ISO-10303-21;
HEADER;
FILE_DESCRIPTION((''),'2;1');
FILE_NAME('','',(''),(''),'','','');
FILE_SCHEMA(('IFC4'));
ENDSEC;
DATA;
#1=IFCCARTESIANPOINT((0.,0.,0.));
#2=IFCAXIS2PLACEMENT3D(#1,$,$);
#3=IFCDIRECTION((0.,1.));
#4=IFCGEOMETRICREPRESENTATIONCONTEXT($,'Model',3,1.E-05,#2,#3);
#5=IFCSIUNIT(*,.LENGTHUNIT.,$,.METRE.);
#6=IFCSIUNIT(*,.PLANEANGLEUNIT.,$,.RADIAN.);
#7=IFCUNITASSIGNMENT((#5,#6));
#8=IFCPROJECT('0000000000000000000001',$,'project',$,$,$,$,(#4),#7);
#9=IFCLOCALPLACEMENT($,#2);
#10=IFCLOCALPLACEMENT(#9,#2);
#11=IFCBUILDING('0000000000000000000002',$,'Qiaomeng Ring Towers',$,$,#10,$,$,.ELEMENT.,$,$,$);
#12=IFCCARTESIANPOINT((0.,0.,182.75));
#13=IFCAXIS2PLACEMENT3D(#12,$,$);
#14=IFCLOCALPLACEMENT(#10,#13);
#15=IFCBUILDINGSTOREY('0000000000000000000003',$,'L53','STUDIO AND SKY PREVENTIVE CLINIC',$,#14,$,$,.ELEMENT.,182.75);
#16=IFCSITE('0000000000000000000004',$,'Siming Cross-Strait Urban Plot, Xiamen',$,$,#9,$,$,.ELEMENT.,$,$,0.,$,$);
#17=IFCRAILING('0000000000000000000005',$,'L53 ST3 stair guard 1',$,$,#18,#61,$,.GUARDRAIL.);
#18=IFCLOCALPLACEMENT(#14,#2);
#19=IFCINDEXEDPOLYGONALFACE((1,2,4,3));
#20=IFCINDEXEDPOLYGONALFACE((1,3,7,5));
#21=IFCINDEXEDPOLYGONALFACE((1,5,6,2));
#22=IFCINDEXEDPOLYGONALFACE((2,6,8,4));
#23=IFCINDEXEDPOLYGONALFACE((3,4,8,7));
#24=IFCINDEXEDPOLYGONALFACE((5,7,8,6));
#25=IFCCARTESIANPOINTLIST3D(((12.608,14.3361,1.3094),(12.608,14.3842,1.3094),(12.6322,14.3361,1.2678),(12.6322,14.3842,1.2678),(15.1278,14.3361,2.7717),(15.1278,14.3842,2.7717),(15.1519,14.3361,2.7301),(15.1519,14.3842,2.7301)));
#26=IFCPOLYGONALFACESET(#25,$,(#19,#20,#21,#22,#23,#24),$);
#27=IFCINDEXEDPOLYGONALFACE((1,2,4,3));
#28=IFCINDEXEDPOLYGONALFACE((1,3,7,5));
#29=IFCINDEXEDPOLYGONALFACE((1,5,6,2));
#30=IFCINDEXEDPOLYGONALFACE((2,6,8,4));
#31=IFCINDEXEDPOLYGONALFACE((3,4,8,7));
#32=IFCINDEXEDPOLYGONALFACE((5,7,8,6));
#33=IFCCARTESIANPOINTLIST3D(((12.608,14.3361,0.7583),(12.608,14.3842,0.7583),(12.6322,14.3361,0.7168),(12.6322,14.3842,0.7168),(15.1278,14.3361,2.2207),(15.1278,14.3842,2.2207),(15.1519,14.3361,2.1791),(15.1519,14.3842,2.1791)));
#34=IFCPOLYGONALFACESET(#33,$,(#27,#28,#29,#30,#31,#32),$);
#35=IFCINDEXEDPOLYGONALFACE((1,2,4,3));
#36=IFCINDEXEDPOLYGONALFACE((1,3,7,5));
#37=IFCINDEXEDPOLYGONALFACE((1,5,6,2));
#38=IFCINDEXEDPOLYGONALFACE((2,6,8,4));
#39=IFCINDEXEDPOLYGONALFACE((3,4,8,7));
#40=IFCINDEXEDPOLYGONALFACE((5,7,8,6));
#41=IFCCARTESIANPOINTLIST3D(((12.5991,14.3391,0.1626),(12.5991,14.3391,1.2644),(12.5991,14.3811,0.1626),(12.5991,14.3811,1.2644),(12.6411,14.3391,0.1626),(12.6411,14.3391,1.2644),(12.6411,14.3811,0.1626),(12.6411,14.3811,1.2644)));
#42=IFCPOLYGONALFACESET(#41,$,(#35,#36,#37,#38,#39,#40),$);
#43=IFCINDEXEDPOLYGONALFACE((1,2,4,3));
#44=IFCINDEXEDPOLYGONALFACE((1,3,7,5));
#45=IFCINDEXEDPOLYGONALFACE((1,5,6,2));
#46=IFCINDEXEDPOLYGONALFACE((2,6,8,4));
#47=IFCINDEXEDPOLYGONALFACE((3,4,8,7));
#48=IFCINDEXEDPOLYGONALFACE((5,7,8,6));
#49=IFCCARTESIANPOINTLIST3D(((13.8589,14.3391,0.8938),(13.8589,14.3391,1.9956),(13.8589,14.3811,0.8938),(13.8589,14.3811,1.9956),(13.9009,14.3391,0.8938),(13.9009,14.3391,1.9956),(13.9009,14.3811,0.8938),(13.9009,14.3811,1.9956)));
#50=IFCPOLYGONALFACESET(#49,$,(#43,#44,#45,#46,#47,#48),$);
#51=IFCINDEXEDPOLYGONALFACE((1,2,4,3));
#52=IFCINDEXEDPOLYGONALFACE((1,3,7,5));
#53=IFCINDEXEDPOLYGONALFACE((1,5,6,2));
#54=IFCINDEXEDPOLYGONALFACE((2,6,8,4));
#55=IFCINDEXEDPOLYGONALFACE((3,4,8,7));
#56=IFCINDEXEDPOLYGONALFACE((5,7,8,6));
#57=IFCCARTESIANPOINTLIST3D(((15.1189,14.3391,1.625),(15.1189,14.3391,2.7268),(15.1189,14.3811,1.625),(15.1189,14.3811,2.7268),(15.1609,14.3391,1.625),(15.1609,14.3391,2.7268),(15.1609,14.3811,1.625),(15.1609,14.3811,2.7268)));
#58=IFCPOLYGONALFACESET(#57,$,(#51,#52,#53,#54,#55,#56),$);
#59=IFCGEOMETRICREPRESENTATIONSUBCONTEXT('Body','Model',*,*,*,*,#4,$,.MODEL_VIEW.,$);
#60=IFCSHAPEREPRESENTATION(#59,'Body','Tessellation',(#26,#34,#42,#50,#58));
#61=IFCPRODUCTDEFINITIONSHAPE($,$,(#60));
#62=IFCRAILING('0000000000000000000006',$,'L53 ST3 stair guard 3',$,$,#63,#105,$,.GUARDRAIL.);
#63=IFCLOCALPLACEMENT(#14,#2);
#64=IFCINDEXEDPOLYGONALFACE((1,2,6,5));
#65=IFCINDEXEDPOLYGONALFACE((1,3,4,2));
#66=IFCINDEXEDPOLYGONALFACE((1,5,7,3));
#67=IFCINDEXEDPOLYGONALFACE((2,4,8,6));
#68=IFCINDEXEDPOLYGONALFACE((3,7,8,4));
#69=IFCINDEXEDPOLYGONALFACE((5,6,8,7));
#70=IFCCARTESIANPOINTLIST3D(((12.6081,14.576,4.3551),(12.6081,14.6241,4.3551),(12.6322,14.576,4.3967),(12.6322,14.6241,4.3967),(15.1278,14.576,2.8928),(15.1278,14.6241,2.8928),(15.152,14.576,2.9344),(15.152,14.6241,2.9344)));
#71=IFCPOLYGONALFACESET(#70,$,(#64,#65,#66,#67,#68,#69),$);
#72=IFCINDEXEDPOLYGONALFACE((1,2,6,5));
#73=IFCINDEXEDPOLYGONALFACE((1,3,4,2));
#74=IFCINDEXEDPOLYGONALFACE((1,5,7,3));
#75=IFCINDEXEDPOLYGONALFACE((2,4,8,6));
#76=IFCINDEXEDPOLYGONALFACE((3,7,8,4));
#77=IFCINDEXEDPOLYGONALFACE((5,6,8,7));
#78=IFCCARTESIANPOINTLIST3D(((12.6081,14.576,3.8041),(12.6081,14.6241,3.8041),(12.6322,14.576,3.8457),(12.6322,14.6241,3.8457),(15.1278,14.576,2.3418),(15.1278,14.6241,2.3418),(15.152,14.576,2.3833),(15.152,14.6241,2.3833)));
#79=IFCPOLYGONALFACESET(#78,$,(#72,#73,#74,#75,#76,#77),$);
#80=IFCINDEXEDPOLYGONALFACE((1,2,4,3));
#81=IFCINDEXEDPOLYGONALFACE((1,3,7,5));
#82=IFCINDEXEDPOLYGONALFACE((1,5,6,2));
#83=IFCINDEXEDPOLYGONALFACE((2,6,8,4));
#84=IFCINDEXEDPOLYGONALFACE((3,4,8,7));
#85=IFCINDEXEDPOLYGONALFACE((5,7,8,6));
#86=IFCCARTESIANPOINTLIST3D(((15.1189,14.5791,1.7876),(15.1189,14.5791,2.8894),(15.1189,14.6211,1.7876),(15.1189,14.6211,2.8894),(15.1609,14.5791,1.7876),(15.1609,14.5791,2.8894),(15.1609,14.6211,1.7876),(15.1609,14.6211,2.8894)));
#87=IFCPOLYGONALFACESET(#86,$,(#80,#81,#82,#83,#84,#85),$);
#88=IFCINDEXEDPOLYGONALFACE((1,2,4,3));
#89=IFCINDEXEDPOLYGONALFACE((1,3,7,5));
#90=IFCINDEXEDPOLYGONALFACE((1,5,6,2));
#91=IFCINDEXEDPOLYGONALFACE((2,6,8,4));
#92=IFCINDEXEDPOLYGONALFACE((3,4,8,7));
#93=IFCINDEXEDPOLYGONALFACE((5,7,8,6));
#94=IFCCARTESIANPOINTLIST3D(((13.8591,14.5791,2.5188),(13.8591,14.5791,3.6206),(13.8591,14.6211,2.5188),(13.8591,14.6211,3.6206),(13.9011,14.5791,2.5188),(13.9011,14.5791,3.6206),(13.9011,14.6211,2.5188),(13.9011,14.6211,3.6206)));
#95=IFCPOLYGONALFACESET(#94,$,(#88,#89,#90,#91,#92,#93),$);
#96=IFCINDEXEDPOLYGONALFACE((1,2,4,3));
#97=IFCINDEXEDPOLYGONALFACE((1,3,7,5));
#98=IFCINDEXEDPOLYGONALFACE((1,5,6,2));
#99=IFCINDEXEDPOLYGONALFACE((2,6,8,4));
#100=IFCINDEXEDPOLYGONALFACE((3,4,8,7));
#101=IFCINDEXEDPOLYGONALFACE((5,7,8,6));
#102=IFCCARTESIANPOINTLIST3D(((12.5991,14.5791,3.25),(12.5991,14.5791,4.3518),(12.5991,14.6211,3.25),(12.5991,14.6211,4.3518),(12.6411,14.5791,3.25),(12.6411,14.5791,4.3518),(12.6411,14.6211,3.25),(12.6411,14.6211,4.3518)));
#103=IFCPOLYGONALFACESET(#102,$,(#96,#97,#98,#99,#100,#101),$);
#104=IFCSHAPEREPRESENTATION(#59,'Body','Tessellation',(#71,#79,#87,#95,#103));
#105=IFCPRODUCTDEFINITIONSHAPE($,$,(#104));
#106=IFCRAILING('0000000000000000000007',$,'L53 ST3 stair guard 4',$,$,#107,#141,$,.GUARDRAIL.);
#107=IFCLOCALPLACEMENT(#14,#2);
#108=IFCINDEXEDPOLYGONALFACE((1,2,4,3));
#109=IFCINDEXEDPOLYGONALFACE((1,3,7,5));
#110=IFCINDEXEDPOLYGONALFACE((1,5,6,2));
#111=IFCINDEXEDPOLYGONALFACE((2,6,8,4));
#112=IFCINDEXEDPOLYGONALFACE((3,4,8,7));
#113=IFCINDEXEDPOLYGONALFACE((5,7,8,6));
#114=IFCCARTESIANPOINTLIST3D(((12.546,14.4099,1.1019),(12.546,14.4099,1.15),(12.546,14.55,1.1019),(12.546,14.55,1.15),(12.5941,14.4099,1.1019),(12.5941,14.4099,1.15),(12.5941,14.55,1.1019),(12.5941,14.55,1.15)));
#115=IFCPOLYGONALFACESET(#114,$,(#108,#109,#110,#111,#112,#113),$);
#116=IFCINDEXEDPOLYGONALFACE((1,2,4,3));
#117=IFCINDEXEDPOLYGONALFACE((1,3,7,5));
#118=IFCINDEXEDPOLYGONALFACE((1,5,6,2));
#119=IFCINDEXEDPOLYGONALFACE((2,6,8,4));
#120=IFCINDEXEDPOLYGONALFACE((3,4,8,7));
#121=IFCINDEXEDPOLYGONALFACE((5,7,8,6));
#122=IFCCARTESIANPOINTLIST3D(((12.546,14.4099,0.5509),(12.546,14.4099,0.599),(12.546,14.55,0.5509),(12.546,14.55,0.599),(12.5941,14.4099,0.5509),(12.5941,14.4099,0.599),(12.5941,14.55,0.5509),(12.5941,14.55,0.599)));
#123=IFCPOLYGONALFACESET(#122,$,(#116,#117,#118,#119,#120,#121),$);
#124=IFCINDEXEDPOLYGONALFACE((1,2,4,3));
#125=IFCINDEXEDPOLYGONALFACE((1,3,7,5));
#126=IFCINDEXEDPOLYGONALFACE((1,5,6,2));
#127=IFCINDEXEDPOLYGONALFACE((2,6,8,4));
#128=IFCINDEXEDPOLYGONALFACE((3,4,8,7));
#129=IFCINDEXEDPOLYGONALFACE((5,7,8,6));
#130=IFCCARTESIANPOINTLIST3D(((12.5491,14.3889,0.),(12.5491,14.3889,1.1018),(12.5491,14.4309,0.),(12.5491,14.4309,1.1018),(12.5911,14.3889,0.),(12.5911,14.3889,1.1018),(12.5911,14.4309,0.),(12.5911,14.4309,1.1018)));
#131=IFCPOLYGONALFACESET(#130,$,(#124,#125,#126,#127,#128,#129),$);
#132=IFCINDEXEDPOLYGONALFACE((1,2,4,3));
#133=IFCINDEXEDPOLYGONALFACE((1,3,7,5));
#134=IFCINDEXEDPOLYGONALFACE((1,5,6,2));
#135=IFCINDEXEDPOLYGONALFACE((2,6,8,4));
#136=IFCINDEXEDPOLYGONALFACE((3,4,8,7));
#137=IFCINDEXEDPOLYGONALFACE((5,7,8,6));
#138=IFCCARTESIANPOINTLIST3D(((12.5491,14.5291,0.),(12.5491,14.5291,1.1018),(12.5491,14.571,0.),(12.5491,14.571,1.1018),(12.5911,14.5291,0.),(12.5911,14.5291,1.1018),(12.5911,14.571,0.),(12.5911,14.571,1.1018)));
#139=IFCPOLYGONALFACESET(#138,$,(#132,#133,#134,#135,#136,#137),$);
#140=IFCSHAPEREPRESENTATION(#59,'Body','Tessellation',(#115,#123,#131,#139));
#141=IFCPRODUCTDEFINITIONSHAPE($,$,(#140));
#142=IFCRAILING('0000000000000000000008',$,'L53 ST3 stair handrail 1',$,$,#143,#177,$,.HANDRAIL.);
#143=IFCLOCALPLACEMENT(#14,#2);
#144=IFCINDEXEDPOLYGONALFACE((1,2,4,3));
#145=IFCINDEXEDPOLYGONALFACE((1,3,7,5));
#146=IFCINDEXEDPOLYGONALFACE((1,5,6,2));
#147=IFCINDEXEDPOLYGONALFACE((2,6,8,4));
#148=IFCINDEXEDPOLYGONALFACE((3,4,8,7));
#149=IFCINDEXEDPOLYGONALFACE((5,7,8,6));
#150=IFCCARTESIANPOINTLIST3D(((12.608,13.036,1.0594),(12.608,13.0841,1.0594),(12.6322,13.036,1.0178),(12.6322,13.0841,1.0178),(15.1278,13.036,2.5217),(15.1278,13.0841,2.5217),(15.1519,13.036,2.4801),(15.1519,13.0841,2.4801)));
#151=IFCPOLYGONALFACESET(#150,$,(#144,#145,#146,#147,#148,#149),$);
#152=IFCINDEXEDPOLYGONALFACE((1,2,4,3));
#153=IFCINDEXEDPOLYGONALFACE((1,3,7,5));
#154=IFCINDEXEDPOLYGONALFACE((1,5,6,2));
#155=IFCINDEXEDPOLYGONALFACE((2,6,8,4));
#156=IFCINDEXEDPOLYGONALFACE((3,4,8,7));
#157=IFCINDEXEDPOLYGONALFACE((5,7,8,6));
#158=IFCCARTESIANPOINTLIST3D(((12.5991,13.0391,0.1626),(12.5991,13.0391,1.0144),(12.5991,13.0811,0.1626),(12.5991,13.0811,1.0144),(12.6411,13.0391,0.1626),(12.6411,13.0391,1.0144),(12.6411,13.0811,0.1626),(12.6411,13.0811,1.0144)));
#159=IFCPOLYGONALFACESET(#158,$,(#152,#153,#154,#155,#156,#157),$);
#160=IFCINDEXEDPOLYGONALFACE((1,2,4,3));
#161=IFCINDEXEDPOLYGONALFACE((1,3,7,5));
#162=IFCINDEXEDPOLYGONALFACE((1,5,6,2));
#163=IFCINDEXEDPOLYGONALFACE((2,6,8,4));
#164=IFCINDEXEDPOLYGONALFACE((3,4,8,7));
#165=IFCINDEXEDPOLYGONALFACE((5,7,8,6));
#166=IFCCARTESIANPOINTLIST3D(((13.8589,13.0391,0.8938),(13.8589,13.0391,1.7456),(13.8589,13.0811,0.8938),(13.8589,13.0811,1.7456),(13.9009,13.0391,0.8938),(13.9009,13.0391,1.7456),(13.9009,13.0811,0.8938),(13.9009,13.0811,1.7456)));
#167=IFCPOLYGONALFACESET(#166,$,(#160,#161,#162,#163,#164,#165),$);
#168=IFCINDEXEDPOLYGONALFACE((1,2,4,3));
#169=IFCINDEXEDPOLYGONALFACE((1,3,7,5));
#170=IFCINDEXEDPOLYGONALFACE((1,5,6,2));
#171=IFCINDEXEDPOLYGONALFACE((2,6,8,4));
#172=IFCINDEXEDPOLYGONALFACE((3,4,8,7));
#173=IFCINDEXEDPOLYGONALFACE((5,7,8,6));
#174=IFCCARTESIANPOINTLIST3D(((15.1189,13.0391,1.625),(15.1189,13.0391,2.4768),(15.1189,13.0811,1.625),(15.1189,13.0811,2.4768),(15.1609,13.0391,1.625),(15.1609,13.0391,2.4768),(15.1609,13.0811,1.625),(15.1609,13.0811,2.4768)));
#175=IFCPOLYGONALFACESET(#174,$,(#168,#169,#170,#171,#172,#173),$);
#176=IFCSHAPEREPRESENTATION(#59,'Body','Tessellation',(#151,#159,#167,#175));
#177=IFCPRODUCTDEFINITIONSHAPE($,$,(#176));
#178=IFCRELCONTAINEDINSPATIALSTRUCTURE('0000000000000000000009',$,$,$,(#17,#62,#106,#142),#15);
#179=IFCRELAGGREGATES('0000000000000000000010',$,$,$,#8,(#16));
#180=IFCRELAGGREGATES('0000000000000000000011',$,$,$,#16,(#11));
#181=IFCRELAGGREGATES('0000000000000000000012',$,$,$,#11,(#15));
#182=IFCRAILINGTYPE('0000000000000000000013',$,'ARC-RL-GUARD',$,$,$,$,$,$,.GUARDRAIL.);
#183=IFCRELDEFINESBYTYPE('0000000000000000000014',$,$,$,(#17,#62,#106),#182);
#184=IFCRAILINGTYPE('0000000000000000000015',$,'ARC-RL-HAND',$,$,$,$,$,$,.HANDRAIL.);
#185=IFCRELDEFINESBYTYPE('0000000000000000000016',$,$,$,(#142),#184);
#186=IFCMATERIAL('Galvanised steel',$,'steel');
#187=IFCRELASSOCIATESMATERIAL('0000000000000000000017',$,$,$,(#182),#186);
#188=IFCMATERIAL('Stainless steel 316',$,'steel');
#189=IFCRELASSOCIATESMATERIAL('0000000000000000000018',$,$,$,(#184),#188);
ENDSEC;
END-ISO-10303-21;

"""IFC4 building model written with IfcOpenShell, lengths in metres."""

from ifc_helpers import new_model, si_unit, direction, frame, origin, origin_2d, place, context, subcontext, project, spatial, rectangle, extrude, material, type_object, element, save


model = new_model("IFC4")

# Units and contexts
model_context = context("Model", 3, precision=1e-05, world=origin(), true_north=direction((0.0, 1.0)))
body_context = subcontext(model_context, "Body", "Model", "MODEL_VIEW")
ifc_project = project(units=[si_unit("LENGTHUNIT", "METRE"), si_unit("PLANEANGLEUNIT", "RADIAN")], contexts=[model_context])

# Site, building, storey
site_placement = place(None, origin())
site = spatial("IfcSite", under=ifc_project, at=site_placement, Name="Siming Cross-Strait Urban Plot, Xiamen", CompositionType="ELEMENT", RefElevation=0.0)
building_placement = place(site_placement, origin())
building = spatial("IfcBuilding", under=site, at=building_placement, Name="Qiaomeng Ring Towers", CompositionType="ELEMENT")
storey_placement = place(building_placement, frame((0.0, 0.0, 182.75)))
storey = spatial("IfcBuildingStorey", under=building, at=storey_placement, Name="L53", Description="STUDIO AND SKY PREVENTIVE CLINIC", CompositionType="ELEMENT", Elevation=182.75)

# Shared definitions
ifc_material_1 = material(Name="Galvanised steel", Category="steel")

# Railings
railing_type_1 = type_object("IfcRailingType", Name="ARC-RL-GUARD", PredefinedType="GUARDRAIL", material=ifc_material_1)
railing_1_placement = place(storey_placement, frame((12.6201, 14.3601, 0.1626)))
element("IfcRailing", 1, at=railing_1_placement, inside=storey, type_object=railing_type_1, Name="L53 ST3 stair guard 1", PredefinedType="GUARDRAIL", context=body_context, shape_type="SweptSolid", body=[
    extrude(rectangle(XDim=0.0481, YDim=0.0481, at=origin_2d()), frame((0.0, 0.0, 1.126), z_axis=(0.864892, 0.0, 0.501958), x_axis=(0.0, 1.0, 0.0)), (0.0, 0.0, 1.0), 2.9133),
    extrude(rectangle(XDim=0.0481, YDim=0.0481, at=origin_2d()), frame((0.0, 0.0, 0.575), z_axis=(0.864892, 0.0, 0.501958), x_axis=(0.0, 1.0, 0.0)), (0.0, 0.0, 1.0), 2.9133),
    extrude(rectangle(XDim=0.042, YDim=0.042, at=origin_2d()), origin(), (0.0, 0.0, 1.0), 1.1018),
    extrude(rectangle(XDim=0.042, YDim=0.042, at=origin_2d()), frame((1.2598, 0.0, 0.7312)), (0.0, 0.0, 1.0), 1.1018),
    extrude(rectangle(XDim=0.042, YDim=0.042, at=origin_2d()), frame((2.5198, 0.0, 1.4624)), (0.0, 0.0, 1.0), 1.1018),
])
railing_2_placement = place(storey_placement, frame((15.1399, 14.6001, 1.7876)))
element("IfcRailing", 2, at=railing_2_placement, inside=storey, type_object=railing_type_1, Name="L53 ST3 stair guard 3", PredefinedType="GUARDRAIL", context=body_context, shape_type="SweptSolid", body=[
    extrude(rectangle(XDim=0.0481, YDim=0.0481, at=origin_2d()), frame((0.0, 0.0, 1.126), z_axis=(-0.864892, 0.0, 0.501958), x_axis=(0.0, -1.0, 0.0)), (0.0, 0.0, 1.0), 2.9133),
    extrude(rectangle(XDim=0.0481, YDim=0.0481, at=origin_2d()), frame((0.0, 0.0, 0.575), z_axis=(-0.864892, 0.0, 0.501958), x_axis=(0.0, -1.0, 0.0)), (0.0, 0.0, 1.0), 2.9133),
    extrude(rectangle(XDim=0.042, YDim=0.042, at=origin_2d()), origin(), (0.0, 0.0, 1.0), 1.1018),
    extrude(rectangle(XDim=0.042, YDim=0.042, at=origin_2d()), frame((-1.2598, 0.0, 0.7312)), (0.0, 0.0, 1.0), 1.1018),
    extrude(rectangle(XDim=0.042, YDim=0.042, at=origin_2d()), frame((-2.5198, 0.0, 1.4624)), (0.0, 0.0, 1.0), 1.1018),
])
railing_3_placement = place(storey_placement, frame((12.5701, 14.4099, 0.0)))
element("IfcRailing", 3, at=railing_3_placement, inside=storey, type_object=railing_type_1, Name="L53 ST3 stair guard 4", PredefinedType="GUARDRAIL", context=body_context, shape_type="SweptSolid", body=[
    extrude(rectangle(XDim=0.0481, YDim=0.0481, at=origin_2d()), frame((0.0, 0.0, 1.126), z_axis=(0.0, 1.0, 0.0), x_axis=(-1.0, 0.0, 0.0)), (0.0, 0.0, 1.0), 0.1401),
    extrude(rectangle(XDim=0.0481, YDim=0.0481, at=origin_2d()), frame((0.0, 0.0, 0.575), z_axis=(0.0, 1.0, 0.0), x_axis=(-1.0, 0.0, 0.0)), (0.0, 0.0, 1.0), 0.1401),
    extrude(rectangle(XDim=0.042, YDim=0.042, at=origin_2d()), origin(), (0.0, 0.0, 1.0), 1.1018),
    extrude(rectangle(XDim=0.042, YDim=0.042, at=origin_2d()), frame((0.0, 0.1401, 0.0)), (0.0, 0.0, 1.0), 1.1018),
])
ifc_material_2 = material(Name="Stainless steel 316", Category="steel")
railing_type_2 = type_object("IfcRailingType", Name="ARC-RL-HAND", PredefinedType="HANDRAIL", material=ifc_material_2)
railing_4_placement = place(storey_placement, frame((12.6201, 13.0601, 0.1626)))
element("IfcRailing", 4, at=railing_4_placement, inside=storey, type_object=railing_type_2, Name="L53 ST3 stair handrail 1", PredefinedType="HANDRAIL", context=body_context, shape_type="SweptSolid", body=[
    extrude(rectangle(XDim=0.0481, YDim=0.0481, at=origin_2d()), frame((0.0, 0.0, 0.876), z_axis=(0.864892, 0.0, 0.501958), x_axis=(0.0, 1.0, 0.0)), (0.0, 0.0, 1.0), 2.9133),
    extrude(rectangle(XDim=0.042, YDim=0.042, at=origin_2d()), origin(), (0.0, 0.0, 1.0), 0.8518),
    extrude(rectangle(XDim=0.042, YDim=0.042, at=origin_2d()), frame((1.2598, 0.0, 0.7312)), (0.0, 0.0, 1.0), 0.8518),
    extrude(rectangle(XDim=0.042, YDim=0.042, at=origin_2d()), frame((2.5198, 0.0, 1.4624)), (0.0, 0.0, 1.0), 0.8518),
])

save(model, "model.ifc")
